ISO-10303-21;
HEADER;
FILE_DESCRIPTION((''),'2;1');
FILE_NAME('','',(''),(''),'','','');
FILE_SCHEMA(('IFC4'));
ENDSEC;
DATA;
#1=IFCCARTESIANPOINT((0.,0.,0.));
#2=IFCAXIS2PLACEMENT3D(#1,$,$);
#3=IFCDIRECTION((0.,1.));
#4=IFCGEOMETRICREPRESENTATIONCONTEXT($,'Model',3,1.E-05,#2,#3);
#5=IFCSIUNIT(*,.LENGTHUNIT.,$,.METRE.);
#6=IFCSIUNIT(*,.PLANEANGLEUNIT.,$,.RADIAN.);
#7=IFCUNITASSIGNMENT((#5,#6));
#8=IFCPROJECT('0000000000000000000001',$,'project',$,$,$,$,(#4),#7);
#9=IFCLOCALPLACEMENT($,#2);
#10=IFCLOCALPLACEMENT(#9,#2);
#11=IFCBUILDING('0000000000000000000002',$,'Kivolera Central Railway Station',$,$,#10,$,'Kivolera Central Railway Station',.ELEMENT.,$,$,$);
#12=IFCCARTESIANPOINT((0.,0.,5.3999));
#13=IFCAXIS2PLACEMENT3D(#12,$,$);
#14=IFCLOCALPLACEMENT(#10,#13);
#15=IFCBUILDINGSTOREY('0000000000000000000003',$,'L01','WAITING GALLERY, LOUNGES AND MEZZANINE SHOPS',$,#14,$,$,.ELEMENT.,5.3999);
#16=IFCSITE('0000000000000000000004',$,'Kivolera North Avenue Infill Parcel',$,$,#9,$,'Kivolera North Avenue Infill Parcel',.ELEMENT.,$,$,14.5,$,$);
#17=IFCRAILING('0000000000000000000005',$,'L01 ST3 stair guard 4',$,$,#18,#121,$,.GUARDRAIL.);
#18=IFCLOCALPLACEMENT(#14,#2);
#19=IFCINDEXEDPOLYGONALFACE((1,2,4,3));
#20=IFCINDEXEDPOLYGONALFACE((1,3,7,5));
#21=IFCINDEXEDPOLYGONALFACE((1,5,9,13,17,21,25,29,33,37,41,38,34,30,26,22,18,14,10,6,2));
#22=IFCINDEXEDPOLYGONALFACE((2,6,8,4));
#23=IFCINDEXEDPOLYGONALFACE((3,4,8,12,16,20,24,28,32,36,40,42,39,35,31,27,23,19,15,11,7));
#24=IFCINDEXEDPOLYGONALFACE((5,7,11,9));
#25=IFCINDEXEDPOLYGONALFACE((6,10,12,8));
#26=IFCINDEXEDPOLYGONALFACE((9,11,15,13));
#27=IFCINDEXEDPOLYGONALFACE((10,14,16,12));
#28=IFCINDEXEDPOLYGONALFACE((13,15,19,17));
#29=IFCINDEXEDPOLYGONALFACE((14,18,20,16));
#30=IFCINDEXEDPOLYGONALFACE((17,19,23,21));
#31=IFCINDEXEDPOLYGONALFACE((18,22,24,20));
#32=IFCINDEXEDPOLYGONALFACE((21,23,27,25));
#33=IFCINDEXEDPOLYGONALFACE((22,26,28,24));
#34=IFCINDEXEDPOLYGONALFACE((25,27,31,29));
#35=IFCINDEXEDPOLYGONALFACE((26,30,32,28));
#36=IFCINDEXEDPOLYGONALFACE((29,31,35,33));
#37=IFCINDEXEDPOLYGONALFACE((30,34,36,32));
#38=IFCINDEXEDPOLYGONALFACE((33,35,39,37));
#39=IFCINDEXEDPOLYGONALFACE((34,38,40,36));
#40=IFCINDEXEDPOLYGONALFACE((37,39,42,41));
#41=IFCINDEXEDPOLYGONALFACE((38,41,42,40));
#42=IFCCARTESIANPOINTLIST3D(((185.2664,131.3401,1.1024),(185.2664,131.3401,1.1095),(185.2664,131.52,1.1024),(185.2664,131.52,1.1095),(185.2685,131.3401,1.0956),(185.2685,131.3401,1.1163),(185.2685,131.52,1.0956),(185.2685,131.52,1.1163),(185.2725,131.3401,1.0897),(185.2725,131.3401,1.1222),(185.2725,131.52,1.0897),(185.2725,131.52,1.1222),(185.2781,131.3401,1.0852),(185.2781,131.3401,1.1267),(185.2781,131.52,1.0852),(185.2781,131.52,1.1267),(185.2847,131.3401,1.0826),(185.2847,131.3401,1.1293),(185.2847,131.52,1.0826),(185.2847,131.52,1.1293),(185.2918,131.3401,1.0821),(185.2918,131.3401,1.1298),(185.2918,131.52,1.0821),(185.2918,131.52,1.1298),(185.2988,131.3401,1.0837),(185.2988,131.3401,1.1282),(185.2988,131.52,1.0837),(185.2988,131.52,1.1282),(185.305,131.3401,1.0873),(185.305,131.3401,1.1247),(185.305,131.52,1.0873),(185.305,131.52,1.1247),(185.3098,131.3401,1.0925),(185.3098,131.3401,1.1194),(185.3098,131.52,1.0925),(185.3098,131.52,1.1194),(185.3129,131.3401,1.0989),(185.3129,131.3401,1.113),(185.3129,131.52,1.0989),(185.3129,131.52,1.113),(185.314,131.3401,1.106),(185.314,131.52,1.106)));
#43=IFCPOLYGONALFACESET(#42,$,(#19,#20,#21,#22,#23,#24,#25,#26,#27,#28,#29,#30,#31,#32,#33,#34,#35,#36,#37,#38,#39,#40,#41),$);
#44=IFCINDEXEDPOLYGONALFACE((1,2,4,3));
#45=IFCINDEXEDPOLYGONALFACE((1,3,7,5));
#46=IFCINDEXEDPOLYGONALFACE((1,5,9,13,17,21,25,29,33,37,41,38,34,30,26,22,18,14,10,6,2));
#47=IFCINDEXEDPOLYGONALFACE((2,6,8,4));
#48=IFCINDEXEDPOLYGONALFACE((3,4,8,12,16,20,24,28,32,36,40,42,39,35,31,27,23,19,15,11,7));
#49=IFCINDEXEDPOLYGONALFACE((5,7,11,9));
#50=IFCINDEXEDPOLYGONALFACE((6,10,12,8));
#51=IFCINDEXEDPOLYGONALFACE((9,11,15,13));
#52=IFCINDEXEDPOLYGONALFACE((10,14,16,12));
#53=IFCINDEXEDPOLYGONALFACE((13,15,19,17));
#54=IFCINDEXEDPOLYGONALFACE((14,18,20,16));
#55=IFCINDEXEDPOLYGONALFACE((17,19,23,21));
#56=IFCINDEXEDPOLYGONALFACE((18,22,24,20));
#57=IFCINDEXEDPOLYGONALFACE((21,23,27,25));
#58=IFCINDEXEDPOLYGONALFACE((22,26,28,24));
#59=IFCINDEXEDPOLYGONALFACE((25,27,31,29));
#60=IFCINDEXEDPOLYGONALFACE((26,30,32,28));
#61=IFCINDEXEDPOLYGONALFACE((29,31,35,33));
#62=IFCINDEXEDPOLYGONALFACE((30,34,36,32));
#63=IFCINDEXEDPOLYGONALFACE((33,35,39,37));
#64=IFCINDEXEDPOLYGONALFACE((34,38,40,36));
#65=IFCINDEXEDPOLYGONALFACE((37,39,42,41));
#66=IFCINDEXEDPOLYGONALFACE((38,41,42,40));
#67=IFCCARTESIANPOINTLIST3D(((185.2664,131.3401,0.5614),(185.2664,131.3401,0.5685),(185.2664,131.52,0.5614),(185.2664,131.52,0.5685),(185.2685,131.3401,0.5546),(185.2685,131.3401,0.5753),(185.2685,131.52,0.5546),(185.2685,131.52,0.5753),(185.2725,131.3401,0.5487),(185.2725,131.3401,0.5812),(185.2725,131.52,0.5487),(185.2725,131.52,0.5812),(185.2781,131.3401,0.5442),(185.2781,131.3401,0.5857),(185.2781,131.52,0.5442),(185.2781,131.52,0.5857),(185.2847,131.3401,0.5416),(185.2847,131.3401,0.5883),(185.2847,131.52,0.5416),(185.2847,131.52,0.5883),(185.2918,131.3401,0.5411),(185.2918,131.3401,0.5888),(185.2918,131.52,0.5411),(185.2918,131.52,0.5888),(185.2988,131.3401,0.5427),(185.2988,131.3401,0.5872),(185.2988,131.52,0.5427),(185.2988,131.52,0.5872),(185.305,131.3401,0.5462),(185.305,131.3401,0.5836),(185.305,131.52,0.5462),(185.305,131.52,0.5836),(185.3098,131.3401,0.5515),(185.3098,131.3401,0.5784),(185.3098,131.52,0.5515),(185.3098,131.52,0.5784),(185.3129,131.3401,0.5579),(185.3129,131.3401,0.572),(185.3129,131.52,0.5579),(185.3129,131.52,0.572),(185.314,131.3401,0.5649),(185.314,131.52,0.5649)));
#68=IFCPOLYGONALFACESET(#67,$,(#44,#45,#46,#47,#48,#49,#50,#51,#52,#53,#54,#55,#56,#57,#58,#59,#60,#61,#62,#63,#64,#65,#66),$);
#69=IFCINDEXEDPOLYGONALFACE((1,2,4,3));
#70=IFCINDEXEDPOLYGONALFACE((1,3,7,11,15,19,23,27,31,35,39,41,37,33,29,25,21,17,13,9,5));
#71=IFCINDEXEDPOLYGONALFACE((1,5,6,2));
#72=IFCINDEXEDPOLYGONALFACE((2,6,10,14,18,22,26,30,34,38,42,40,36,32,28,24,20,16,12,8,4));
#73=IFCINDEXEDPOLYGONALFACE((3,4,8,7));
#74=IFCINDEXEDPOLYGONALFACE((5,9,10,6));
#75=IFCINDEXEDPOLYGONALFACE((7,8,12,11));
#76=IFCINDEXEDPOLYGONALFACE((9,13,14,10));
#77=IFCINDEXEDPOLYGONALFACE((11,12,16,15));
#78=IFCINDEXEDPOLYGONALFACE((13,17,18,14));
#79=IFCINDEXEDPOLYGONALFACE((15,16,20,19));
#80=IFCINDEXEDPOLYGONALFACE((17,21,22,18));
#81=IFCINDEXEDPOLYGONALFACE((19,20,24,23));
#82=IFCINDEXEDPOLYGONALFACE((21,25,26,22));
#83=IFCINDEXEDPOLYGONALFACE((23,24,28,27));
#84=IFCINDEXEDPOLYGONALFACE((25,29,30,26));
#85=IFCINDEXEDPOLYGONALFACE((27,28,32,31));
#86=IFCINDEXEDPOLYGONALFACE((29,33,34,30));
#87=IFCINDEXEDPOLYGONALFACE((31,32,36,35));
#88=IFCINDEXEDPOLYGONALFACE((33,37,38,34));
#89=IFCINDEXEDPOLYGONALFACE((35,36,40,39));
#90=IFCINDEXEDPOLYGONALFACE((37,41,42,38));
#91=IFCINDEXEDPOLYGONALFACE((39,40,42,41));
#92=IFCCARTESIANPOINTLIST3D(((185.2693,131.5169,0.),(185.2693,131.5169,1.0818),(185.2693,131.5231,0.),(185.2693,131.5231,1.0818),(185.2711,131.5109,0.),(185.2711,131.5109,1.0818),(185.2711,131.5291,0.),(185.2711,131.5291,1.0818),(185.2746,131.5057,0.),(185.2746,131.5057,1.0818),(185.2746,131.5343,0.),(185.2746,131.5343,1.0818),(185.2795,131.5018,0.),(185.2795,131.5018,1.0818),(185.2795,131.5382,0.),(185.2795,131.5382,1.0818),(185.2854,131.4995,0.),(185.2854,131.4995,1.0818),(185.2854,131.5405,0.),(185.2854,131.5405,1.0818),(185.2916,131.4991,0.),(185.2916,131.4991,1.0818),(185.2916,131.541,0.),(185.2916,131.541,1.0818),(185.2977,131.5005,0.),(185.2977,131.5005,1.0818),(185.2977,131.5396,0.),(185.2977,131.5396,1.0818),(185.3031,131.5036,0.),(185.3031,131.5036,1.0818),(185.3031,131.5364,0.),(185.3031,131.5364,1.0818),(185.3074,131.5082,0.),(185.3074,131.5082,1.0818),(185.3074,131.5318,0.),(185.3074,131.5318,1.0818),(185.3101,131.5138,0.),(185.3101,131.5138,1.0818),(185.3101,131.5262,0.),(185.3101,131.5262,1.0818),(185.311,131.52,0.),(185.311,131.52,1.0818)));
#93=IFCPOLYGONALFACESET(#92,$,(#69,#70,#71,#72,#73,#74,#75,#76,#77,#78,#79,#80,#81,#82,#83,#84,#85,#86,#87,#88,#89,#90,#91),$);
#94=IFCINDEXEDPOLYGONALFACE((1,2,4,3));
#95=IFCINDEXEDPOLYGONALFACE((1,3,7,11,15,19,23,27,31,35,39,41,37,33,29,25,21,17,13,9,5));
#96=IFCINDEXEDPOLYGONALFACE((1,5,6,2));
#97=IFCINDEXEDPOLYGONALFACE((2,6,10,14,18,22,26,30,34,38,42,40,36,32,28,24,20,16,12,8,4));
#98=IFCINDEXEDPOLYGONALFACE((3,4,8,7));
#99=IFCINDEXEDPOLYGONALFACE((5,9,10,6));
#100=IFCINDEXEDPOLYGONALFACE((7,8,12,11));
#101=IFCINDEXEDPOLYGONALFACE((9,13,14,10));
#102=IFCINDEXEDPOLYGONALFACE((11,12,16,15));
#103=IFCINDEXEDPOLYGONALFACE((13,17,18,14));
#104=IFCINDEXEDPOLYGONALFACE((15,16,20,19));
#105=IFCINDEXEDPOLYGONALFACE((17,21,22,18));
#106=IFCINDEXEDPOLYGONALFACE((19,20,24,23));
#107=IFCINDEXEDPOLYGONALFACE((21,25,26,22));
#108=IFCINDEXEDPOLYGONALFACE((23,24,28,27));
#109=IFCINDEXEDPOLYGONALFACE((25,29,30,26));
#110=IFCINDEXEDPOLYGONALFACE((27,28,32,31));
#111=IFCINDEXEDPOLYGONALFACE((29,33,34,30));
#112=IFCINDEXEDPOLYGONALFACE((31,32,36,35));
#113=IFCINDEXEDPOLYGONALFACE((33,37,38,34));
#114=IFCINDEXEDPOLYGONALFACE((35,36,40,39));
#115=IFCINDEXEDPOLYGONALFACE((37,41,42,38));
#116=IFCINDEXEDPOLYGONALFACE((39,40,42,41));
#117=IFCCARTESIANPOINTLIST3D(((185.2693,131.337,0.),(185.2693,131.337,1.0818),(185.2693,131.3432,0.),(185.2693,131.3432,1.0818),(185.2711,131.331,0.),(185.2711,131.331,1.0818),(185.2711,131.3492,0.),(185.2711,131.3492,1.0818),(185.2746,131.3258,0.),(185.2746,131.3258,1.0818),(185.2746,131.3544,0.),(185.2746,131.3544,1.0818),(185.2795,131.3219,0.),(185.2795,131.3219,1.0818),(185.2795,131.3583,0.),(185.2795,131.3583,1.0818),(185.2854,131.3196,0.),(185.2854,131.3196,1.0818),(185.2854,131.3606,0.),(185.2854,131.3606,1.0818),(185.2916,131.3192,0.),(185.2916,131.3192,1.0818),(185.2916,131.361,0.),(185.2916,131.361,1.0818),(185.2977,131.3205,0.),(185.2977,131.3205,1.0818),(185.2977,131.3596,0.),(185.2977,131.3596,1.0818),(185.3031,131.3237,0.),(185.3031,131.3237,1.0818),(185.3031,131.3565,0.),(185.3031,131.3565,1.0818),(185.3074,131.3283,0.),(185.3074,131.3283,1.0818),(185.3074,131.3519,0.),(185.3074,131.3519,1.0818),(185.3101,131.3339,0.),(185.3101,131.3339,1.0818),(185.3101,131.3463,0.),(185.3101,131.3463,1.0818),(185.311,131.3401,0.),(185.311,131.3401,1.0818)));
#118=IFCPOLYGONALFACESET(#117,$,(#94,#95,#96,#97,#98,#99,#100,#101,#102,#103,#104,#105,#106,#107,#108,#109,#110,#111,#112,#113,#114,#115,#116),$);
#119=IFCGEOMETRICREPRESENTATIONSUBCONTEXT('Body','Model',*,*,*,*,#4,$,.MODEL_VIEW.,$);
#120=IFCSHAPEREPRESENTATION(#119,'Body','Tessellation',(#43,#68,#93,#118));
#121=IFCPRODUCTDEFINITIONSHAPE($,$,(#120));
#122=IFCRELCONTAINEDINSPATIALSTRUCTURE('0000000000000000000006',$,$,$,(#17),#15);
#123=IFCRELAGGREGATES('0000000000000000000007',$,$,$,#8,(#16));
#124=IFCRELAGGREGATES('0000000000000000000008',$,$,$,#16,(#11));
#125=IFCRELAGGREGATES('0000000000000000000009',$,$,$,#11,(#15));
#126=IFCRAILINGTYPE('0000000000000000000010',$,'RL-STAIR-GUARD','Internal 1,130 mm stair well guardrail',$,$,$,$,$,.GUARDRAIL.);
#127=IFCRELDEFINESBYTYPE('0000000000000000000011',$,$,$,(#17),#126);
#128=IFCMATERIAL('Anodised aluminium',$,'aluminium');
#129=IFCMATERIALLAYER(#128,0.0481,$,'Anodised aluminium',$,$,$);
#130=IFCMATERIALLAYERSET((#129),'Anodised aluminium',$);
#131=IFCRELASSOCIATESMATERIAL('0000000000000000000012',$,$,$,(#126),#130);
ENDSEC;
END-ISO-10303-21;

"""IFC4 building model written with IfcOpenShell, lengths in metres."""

from ifc_helpers import new_model, si_unit, direction, frame, origin, origin_2d, place, context, subcontext, project, spatial, circle, extrude, material, layer, layer_set, type_object, element, save


model = new_model("IFC4")

# Units and contexts
model_context = context("Model", 3, precision=1e-05, world=origin(), true_north=direction((0.0, 1.0)))
body_context = subcontext(model_context, "Body", "Model", "MODEL_VIEW")
ifc_project = project(units=[si_unit("LENGTHUNIT", "METRE"), si_unit("PLANEANGLEUNIT", "RADIAN")], contexts=[model_context])

# Site, building, storey
site_placement = place(None, origin())
site = spatial("IfcSite", under=ifc_project, at=site_placement, Name="Kivolera North Avenue Infill Parcel", LongName="Kivolera North Avenue Infill Parcel", CompositionType="ELEMENT", RefElevation=14.5)
building_placement = place(site_placement, origin())
building = spatial("IfcBuilding", under=site, at=building_placement, Name="Kivolera Central Railway Station", LongName="Kivolera Central Railway Station", CompositionType="ELEMENT")
storey_placement = place(building_placement, frame((0.0, 0.0, 5.3999)))
storey = spatial("IfcBuildingStorey", under=building, at=storey_placement, Name="L01", Description="WAITING GALLERY, LOUNGES AND MEZZANINE SHOPS", CompositionType="ELEMENT", Elevation=5.3999)

# Shared definitions
ifc_material_1 = material(Name="Anodised aluminium", Category="aluminium")

# Railing
ifc_layer_1 = layer(ifc_material_1, 0.0481, Name="Anodised aluminium")
ifc_layer_set_1 = layer_set([ifc_layer_1], Name="Anodised aluminium")
railing_type_1 = type_object("IfcRailingType", Name="RL-STAIR-GUARD", Description="Internal 1,130 mm stair well guardrail", PredefinedType="GUARDRAIL", material=ifc_layer_set_1)
for number, where, name in (
    (1, (185.29, 131.52, 0.0), "L01 ST3 stair guard 4"),
):
    element("IfcRailing", number, at=place(storey_placement, frame(where)), inside=storey, type_object=railing_type_1, Name=name, PredefinedType="GUARDRAIL", context=body_context, shape_type="SweptSolid", body=[
        extrude(circle(Radius=0.0239, at=origin_2d()), frame((0.0, 0.0, 1.106), z_axis=(0.0, -1.0, 0.0), x_axis=(1.0, 0.0, 0.0)), (0.0, 0.0, 1.0), 0.1799),
        extrude(circle(Radius=0.0239, at=origin_2d()), frame((0.0, 0.0, 0.5649), z_axis=(0.0, -1.0, 0.0), x_axis=(1.0, 0.0, 0.0)), (0.0, 0.0, 1.0), 0.1799),
        extrude(circle(Radius=0.021, at=origin_2d()), origin(), (0.0, 0.0, 1.0), 1.0818),
        extrude(circle(Radius=0.021, at=origin_2d()), frame((0.0, -0.1799, 0.0)), (0.0, 0.0, 1.0), 1.0818),
    ])

save(model, "model.ifc")
